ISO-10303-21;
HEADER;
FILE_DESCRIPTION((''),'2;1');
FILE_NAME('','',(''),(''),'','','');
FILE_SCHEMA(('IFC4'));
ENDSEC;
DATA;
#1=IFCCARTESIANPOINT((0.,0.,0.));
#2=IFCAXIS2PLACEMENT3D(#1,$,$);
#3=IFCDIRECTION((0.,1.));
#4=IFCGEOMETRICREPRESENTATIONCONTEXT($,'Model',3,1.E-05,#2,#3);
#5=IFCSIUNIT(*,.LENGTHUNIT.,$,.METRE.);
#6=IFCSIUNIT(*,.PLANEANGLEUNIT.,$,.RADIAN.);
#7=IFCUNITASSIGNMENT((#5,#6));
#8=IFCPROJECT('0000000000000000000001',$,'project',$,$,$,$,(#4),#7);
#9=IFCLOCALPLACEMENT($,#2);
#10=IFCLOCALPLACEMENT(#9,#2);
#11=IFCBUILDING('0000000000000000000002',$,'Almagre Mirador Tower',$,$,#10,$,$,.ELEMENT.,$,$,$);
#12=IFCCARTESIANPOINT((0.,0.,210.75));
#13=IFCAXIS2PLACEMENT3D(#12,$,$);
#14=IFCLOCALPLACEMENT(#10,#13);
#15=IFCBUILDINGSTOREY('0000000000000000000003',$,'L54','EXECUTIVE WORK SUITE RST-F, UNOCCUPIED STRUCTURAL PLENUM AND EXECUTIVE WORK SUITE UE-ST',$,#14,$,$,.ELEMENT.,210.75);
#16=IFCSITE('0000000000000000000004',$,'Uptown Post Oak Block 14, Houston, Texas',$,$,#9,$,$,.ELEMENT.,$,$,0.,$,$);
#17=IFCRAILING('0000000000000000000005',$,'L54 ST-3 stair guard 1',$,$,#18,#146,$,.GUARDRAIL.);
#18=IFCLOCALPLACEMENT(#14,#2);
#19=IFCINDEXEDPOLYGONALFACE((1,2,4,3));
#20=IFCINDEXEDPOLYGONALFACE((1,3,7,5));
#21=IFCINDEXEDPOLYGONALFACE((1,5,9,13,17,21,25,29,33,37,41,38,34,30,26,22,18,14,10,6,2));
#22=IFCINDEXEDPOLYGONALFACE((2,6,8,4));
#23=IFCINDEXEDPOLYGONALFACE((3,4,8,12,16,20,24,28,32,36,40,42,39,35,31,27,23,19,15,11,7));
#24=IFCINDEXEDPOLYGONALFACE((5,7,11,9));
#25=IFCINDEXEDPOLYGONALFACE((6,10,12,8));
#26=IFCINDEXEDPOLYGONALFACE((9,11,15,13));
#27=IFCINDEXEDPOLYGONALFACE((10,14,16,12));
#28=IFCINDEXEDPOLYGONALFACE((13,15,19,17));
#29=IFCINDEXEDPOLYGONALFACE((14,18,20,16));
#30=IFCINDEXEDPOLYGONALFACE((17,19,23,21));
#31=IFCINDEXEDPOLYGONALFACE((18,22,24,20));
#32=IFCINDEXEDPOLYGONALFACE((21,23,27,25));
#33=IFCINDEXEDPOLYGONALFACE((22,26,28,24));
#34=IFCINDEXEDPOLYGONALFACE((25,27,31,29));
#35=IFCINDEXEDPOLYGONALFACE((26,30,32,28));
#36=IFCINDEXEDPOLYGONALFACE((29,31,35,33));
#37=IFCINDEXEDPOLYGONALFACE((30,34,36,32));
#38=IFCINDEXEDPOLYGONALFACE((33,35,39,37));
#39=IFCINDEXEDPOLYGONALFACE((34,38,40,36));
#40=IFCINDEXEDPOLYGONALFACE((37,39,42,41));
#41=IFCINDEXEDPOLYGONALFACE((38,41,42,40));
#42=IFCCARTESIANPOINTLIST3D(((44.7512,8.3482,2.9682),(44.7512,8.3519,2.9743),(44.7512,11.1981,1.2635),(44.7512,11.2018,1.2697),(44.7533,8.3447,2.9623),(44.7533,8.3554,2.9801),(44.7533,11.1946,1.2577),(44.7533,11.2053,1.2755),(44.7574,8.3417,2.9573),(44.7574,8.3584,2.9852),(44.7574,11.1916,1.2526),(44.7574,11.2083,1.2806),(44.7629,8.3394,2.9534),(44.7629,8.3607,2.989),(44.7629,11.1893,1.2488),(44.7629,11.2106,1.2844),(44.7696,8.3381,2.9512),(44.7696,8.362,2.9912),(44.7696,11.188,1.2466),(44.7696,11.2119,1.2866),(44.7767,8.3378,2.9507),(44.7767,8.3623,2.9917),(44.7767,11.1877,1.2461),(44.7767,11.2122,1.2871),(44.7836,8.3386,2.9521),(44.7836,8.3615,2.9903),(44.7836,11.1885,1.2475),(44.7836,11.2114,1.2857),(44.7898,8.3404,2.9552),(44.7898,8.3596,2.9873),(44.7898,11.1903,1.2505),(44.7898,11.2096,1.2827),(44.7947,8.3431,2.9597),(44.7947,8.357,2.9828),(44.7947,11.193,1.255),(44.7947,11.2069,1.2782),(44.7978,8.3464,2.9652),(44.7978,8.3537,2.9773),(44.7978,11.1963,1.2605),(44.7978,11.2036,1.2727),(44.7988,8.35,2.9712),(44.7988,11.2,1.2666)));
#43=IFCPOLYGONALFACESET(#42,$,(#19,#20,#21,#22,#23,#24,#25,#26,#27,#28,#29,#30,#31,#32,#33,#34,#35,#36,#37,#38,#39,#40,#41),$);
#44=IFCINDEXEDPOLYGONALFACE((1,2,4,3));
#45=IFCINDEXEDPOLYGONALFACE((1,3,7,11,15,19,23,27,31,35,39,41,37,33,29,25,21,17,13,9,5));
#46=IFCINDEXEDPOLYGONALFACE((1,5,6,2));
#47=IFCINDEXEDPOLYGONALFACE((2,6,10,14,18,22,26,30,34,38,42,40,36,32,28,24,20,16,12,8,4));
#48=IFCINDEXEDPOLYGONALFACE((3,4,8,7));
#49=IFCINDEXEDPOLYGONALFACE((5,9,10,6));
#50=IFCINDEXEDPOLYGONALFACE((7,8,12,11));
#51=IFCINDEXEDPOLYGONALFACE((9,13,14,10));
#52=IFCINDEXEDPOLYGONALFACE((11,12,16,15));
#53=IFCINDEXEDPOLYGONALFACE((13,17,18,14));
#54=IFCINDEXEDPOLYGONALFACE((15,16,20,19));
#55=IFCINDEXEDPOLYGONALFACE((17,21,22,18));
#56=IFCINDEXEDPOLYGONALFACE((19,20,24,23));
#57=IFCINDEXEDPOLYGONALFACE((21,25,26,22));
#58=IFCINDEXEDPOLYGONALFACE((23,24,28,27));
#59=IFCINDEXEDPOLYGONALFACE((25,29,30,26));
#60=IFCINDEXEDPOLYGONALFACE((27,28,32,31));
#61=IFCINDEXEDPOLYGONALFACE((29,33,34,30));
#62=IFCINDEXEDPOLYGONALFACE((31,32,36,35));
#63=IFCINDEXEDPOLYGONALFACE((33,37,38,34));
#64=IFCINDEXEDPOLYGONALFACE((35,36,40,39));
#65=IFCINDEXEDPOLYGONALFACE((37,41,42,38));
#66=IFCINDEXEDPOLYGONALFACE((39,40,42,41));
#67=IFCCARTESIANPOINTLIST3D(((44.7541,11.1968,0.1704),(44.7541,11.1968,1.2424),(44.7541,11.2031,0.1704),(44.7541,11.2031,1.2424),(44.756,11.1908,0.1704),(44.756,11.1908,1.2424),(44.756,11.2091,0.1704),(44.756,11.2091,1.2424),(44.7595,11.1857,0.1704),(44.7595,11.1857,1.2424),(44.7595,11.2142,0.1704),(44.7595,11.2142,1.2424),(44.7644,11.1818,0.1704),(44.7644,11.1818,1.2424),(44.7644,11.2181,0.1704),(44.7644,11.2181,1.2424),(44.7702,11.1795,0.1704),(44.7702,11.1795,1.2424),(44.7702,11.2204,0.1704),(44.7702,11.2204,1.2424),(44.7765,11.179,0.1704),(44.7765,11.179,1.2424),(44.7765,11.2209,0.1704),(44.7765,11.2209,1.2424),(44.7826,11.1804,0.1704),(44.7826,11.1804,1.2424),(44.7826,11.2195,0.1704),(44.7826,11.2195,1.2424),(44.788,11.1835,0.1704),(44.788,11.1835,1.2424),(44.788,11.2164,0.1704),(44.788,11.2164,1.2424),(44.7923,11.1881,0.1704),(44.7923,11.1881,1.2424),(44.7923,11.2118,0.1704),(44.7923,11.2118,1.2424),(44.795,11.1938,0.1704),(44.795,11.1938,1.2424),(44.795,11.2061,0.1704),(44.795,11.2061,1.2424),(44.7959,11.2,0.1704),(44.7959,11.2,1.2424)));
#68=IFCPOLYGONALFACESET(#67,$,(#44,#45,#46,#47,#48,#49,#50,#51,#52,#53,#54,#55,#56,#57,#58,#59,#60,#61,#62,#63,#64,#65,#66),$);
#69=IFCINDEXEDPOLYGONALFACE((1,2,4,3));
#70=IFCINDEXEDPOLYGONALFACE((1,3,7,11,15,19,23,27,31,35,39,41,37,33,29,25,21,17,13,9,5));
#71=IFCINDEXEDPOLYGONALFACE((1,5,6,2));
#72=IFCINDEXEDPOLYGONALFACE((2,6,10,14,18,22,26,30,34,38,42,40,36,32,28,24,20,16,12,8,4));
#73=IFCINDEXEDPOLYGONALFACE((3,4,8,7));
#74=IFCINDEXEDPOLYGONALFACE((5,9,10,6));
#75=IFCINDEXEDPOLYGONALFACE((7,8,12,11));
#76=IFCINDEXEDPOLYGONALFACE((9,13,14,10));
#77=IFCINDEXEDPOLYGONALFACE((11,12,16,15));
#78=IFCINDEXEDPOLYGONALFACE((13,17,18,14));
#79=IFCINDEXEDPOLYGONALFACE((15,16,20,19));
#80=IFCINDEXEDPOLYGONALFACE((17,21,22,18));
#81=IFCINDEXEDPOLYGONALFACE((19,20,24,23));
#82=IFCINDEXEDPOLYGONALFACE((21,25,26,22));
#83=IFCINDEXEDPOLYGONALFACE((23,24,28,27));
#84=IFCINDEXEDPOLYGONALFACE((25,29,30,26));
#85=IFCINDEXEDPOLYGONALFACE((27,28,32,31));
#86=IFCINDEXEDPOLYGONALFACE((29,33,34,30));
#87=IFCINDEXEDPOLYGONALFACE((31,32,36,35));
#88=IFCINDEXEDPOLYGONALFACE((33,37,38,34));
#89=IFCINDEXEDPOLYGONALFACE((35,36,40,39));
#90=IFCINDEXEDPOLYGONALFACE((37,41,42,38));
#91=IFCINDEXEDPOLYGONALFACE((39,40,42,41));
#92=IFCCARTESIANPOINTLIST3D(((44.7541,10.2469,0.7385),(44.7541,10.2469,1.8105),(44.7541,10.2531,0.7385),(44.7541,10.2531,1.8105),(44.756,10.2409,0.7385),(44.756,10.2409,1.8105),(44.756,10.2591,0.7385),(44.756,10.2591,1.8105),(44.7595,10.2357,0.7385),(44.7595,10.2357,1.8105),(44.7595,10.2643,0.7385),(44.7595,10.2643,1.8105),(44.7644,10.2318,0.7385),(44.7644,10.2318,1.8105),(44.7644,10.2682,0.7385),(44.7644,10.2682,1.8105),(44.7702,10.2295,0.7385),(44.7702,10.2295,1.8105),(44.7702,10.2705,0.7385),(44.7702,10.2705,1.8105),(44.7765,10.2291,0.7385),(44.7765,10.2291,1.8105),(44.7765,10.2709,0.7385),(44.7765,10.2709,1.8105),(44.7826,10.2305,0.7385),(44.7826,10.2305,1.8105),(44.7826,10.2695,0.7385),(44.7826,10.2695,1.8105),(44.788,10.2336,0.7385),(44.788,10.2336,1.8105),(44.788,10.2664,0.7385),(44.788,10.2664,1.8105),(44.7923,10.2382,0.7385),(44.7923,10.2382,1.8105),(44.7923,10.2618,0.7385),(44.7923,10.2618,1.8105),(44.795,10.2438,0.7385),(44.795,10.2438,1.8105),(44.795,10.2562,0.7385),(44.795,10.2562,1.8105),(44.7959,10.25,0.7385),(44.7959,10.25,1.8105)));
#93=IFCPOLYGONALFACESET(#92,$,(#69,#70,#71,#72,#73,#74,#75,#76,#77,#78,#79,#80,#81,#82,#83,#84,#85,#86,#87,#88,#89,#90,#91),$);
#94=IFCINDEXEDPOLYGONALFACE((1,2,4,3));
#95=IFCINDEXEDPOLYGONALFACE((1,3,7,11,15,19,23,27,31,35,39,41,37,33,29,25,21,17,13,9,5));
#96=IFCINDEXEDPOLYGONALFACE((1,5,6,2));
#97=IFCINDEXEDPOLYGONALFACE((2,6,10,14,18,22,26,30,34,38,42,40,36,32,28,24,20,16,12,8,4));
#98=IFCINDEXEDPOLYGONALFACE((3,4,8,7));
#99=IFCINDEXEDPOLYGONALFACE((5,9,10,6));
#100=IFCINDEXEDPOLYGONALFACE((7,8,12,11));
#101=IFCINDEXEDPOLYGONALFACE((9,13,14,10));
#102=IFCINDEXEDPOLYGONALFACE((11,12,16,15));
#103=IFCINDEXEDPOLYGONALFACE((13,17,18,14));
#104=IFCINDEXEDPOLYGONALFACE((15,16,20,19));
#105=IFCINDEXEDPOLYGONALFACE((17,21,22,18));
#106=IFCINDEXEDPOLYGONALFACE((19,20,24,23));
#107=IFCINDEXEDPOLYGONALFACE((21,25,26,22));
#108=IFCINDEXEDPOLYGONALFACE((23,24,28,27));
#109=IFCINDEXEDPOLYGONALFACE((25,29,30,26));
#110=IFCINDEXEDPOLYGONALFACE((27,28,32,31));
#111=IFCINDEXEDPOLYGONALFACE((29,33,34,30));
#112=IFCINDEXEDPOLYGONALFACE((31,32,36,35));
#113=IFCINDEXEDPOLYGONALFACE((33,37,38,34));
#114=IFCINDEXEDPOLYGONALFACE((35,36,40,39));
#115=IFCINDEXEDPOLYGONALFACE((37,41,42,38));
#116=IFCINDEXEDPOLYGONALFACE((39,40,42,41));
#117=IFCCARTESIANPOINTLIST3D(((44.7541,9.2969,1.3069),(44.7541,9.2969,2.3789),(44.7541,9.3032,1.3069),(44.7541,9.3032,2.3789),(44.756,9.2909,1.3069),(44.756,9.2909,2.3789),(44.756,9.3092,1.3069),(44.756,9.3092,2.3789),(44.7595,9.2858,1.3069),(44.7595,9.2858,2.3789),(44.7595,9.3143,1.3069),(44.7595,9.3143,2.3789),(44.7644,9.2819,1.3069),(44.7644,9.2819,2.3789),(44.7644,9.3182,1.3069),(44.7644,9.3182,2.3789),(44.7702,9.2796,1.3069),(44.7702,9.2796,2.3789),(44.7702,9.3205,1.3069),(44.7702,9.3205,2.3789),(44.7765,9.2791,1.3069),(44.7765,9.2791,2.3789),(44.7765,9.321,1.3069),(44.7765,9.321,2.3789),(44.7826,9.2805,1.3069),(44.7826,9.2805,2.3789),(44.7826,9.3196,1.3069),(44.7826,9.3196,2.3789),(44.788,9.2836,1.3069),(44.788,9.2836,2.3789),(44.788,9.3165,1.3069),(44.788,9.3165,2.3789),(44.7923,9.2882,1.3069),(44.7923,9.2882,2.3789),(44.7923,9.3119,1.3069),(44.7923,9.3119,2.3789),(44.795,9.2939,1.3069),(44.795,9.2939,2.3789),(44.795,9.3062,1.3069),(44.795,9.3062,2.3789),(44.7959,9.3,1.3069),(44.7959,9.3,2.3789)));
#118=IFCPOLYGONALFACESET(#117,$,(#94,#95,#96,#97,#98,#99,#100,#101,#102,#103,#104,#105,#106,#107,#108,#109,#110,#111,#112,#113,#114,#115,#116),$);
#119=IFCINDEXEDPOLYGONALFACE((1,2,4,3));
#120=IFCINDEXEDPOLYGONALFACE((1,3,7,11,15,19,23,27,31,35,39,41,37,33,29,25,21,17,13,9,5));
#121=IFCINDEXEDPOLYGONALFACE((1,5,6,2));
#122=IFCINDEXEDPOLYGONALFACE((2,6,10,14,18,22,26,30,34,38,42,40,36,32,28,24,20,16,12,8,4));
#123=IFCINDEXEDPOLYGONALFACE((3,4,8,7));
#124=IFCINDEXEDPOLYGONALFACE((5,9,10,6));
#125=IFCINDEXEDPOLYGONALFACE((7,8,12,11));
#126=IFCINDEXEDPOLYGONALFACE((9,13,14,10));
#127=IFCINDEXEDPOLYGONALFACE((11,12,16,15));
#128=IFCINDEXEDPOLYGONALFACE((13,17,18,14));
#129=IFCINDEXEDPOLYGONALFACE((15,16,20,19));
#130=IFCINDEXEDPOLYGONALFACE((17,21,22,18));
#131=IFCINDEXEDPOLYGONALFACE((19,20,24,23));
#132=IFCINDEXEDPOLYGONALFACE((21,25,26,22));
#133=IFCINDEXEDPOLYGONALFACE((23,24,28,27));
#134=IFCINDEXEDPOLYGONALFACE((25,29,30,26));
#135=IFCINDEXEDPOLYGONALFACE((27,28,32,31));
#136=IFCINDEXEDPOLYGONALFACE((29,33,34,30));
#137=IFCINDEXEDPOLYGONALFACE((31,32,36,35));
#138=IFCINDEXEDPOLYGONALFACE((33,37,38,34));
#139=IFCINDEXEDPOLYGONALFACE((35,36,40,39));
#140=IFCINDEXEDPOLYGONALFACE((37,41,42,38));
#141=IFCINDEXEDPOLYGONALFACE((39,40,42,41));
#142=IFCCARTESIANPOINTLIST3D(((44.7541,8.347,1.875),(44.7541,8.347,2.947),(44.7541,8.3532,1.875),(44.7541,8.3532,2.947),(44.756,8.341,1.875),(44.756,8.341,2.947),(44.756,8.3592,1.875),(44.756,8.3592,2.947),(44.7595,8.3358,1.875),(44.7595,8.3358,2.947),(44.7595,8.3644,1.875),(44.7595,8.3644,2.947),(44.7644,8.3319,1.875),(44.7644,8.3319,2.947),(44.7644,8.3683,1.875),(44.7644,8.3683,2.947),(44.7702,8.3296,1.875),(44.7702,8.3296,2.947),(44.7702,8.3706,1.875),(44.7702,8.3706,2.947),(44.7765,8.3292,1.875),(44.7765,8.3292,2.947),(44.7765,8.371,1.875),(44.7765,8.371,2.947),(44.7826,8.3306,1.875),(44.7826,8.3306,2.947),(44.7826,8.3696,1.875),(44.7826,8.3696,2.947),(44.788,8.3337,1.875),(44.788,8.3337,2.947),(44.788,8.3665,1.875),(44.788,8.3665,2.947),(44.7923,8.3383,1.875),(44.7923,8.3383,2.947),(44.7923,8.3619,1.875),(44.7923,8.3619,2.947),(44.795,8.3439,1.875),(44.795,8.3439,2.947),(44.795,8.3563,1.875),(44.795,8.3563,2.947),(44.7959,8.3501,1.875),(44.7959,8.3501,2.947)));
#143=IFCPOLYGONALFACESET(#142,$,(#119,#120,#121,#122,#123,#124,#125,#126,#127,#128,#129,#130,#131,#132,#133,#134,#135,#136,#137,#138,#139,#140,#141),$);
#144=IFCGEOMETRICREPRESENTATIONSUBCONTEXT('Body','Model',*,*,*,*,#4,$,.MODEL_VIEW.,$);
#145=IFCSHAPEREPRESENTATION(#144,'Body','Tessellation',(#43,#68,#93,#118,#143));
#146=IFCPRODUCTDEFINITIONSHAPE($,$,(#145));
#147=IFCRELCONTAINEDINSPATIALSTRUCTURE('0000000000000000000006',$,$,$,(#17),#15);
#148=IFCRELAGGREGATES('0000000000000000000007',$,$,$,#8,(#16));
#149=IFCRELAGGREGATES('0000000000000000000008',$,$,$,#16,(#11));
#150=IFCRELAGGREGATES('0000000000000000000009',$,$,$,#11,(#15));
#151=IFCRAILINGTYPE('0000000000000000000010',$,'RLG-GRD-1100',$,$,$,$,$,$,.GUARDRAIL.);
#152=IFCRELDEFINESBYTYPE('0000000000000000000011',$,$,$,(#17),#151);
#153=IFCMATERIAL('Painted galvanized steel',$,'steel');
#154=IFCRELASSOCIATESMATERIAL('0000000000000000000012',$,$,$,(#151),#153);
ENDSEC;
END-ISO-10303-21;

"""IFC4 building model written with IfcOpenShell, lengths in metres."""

from ifc_helpers import new_model, si_unit, direction, frame, origin, origin_2d, place, context, subcontext, project, spatial, circle, extrude, material, type_object, element, save


model = new_model("IFC4")

# Units and contexts
model_context = context("Model", 3, precision=1e-05, world=origin(), true_north=direction((0.0, 1.0)))
body_context = subcontext(model_context, "Body", "Model", "MODEL_VIEW")
ifc_project = project(units=[si_unit("LENGTHUNIT", "METRE"), si_unit("PLANEANGLEUNIT", "RADIAN")], contexts=[model_context])

# Site, building, storey
site_placement = place(None, origin())
site = spatial("IfcSite", under=ifc_project, at=site_placement, Name="Uptown Post Oak Block 14, Houston, Texas", CompositionType="ELEMENT", RefElevation=0.0)
building_placement = place(site_placement, origin())
building = spatial("IfcBuilding", under=site, at=building_placement, Name="Almagre Mirador Tower", CompositionType="ELEMENT")
storey_placement = place(building_placement, frame((0.0, 0.0, 210.75)))
storey = spatial("IfcBuildingStorey", under=building, at=storey_placement, Name="L54", Description="EXECUTIVE WORK SUITE RST-F, UNOCCUPIED STRUCTURAL PLENUM AND EXECUTIVE WORK SUITE UE-ST", CompositionType="ELEMENT", Elevation=210.75)

# Railing
ifc_material_1 = material(Name="Painted galvanized steel", Category="steel")
railing_type_1 = type_object("IfcRailingType", Name="RLG-GRD-1100", PredefinedType="GUARDRAIL", material=ifc_material_1)
railing_1_placement = place(storey_placement, frame((44.7749, 11.2, 0.1704)))
element("IfcRailing", 1, at=railing_1_placement, inside=storey, type_object=railing_type_1, Name="L54 ST-3 stair guard 1", PredefinedType="GUARDRAIL", context=body_context, shape_type="SweptSolid", body=[
    extrude(circle(Radius=0.0239, at=origin_2d()), frame((0.0, 0.0, 1.0962), z_axis=(0.0, -0.858199, 0.513317), x_axis=(1.0, 0.0, 0.0)), (0.0, 0.0, 1.0), 3.3208),
    extrude(circle(Radius=0.021, at=origin_2d()), origin(), (0.0, 0.0, 1.0), 1.072),
    extrude(circle(Radius=0.021, at=origin_2d()), frame((0.0, -0.95, 0.5681)), (0.0, 0.0, 1.0), 1.072),
    extrude(circle(Radius=0.021, at=origin_2d()), frame((0.0, -1.8999, 1.1365)), (0.0, 0.0, 1.0), 1.072),
    extrude(circle(Radius=0.021, at=origin_2d()), frame((0.0, -2.8499, 1.7046)), (0.0, 0.0, 1.0), 1.072),
])

save(model, "model.ifc")
